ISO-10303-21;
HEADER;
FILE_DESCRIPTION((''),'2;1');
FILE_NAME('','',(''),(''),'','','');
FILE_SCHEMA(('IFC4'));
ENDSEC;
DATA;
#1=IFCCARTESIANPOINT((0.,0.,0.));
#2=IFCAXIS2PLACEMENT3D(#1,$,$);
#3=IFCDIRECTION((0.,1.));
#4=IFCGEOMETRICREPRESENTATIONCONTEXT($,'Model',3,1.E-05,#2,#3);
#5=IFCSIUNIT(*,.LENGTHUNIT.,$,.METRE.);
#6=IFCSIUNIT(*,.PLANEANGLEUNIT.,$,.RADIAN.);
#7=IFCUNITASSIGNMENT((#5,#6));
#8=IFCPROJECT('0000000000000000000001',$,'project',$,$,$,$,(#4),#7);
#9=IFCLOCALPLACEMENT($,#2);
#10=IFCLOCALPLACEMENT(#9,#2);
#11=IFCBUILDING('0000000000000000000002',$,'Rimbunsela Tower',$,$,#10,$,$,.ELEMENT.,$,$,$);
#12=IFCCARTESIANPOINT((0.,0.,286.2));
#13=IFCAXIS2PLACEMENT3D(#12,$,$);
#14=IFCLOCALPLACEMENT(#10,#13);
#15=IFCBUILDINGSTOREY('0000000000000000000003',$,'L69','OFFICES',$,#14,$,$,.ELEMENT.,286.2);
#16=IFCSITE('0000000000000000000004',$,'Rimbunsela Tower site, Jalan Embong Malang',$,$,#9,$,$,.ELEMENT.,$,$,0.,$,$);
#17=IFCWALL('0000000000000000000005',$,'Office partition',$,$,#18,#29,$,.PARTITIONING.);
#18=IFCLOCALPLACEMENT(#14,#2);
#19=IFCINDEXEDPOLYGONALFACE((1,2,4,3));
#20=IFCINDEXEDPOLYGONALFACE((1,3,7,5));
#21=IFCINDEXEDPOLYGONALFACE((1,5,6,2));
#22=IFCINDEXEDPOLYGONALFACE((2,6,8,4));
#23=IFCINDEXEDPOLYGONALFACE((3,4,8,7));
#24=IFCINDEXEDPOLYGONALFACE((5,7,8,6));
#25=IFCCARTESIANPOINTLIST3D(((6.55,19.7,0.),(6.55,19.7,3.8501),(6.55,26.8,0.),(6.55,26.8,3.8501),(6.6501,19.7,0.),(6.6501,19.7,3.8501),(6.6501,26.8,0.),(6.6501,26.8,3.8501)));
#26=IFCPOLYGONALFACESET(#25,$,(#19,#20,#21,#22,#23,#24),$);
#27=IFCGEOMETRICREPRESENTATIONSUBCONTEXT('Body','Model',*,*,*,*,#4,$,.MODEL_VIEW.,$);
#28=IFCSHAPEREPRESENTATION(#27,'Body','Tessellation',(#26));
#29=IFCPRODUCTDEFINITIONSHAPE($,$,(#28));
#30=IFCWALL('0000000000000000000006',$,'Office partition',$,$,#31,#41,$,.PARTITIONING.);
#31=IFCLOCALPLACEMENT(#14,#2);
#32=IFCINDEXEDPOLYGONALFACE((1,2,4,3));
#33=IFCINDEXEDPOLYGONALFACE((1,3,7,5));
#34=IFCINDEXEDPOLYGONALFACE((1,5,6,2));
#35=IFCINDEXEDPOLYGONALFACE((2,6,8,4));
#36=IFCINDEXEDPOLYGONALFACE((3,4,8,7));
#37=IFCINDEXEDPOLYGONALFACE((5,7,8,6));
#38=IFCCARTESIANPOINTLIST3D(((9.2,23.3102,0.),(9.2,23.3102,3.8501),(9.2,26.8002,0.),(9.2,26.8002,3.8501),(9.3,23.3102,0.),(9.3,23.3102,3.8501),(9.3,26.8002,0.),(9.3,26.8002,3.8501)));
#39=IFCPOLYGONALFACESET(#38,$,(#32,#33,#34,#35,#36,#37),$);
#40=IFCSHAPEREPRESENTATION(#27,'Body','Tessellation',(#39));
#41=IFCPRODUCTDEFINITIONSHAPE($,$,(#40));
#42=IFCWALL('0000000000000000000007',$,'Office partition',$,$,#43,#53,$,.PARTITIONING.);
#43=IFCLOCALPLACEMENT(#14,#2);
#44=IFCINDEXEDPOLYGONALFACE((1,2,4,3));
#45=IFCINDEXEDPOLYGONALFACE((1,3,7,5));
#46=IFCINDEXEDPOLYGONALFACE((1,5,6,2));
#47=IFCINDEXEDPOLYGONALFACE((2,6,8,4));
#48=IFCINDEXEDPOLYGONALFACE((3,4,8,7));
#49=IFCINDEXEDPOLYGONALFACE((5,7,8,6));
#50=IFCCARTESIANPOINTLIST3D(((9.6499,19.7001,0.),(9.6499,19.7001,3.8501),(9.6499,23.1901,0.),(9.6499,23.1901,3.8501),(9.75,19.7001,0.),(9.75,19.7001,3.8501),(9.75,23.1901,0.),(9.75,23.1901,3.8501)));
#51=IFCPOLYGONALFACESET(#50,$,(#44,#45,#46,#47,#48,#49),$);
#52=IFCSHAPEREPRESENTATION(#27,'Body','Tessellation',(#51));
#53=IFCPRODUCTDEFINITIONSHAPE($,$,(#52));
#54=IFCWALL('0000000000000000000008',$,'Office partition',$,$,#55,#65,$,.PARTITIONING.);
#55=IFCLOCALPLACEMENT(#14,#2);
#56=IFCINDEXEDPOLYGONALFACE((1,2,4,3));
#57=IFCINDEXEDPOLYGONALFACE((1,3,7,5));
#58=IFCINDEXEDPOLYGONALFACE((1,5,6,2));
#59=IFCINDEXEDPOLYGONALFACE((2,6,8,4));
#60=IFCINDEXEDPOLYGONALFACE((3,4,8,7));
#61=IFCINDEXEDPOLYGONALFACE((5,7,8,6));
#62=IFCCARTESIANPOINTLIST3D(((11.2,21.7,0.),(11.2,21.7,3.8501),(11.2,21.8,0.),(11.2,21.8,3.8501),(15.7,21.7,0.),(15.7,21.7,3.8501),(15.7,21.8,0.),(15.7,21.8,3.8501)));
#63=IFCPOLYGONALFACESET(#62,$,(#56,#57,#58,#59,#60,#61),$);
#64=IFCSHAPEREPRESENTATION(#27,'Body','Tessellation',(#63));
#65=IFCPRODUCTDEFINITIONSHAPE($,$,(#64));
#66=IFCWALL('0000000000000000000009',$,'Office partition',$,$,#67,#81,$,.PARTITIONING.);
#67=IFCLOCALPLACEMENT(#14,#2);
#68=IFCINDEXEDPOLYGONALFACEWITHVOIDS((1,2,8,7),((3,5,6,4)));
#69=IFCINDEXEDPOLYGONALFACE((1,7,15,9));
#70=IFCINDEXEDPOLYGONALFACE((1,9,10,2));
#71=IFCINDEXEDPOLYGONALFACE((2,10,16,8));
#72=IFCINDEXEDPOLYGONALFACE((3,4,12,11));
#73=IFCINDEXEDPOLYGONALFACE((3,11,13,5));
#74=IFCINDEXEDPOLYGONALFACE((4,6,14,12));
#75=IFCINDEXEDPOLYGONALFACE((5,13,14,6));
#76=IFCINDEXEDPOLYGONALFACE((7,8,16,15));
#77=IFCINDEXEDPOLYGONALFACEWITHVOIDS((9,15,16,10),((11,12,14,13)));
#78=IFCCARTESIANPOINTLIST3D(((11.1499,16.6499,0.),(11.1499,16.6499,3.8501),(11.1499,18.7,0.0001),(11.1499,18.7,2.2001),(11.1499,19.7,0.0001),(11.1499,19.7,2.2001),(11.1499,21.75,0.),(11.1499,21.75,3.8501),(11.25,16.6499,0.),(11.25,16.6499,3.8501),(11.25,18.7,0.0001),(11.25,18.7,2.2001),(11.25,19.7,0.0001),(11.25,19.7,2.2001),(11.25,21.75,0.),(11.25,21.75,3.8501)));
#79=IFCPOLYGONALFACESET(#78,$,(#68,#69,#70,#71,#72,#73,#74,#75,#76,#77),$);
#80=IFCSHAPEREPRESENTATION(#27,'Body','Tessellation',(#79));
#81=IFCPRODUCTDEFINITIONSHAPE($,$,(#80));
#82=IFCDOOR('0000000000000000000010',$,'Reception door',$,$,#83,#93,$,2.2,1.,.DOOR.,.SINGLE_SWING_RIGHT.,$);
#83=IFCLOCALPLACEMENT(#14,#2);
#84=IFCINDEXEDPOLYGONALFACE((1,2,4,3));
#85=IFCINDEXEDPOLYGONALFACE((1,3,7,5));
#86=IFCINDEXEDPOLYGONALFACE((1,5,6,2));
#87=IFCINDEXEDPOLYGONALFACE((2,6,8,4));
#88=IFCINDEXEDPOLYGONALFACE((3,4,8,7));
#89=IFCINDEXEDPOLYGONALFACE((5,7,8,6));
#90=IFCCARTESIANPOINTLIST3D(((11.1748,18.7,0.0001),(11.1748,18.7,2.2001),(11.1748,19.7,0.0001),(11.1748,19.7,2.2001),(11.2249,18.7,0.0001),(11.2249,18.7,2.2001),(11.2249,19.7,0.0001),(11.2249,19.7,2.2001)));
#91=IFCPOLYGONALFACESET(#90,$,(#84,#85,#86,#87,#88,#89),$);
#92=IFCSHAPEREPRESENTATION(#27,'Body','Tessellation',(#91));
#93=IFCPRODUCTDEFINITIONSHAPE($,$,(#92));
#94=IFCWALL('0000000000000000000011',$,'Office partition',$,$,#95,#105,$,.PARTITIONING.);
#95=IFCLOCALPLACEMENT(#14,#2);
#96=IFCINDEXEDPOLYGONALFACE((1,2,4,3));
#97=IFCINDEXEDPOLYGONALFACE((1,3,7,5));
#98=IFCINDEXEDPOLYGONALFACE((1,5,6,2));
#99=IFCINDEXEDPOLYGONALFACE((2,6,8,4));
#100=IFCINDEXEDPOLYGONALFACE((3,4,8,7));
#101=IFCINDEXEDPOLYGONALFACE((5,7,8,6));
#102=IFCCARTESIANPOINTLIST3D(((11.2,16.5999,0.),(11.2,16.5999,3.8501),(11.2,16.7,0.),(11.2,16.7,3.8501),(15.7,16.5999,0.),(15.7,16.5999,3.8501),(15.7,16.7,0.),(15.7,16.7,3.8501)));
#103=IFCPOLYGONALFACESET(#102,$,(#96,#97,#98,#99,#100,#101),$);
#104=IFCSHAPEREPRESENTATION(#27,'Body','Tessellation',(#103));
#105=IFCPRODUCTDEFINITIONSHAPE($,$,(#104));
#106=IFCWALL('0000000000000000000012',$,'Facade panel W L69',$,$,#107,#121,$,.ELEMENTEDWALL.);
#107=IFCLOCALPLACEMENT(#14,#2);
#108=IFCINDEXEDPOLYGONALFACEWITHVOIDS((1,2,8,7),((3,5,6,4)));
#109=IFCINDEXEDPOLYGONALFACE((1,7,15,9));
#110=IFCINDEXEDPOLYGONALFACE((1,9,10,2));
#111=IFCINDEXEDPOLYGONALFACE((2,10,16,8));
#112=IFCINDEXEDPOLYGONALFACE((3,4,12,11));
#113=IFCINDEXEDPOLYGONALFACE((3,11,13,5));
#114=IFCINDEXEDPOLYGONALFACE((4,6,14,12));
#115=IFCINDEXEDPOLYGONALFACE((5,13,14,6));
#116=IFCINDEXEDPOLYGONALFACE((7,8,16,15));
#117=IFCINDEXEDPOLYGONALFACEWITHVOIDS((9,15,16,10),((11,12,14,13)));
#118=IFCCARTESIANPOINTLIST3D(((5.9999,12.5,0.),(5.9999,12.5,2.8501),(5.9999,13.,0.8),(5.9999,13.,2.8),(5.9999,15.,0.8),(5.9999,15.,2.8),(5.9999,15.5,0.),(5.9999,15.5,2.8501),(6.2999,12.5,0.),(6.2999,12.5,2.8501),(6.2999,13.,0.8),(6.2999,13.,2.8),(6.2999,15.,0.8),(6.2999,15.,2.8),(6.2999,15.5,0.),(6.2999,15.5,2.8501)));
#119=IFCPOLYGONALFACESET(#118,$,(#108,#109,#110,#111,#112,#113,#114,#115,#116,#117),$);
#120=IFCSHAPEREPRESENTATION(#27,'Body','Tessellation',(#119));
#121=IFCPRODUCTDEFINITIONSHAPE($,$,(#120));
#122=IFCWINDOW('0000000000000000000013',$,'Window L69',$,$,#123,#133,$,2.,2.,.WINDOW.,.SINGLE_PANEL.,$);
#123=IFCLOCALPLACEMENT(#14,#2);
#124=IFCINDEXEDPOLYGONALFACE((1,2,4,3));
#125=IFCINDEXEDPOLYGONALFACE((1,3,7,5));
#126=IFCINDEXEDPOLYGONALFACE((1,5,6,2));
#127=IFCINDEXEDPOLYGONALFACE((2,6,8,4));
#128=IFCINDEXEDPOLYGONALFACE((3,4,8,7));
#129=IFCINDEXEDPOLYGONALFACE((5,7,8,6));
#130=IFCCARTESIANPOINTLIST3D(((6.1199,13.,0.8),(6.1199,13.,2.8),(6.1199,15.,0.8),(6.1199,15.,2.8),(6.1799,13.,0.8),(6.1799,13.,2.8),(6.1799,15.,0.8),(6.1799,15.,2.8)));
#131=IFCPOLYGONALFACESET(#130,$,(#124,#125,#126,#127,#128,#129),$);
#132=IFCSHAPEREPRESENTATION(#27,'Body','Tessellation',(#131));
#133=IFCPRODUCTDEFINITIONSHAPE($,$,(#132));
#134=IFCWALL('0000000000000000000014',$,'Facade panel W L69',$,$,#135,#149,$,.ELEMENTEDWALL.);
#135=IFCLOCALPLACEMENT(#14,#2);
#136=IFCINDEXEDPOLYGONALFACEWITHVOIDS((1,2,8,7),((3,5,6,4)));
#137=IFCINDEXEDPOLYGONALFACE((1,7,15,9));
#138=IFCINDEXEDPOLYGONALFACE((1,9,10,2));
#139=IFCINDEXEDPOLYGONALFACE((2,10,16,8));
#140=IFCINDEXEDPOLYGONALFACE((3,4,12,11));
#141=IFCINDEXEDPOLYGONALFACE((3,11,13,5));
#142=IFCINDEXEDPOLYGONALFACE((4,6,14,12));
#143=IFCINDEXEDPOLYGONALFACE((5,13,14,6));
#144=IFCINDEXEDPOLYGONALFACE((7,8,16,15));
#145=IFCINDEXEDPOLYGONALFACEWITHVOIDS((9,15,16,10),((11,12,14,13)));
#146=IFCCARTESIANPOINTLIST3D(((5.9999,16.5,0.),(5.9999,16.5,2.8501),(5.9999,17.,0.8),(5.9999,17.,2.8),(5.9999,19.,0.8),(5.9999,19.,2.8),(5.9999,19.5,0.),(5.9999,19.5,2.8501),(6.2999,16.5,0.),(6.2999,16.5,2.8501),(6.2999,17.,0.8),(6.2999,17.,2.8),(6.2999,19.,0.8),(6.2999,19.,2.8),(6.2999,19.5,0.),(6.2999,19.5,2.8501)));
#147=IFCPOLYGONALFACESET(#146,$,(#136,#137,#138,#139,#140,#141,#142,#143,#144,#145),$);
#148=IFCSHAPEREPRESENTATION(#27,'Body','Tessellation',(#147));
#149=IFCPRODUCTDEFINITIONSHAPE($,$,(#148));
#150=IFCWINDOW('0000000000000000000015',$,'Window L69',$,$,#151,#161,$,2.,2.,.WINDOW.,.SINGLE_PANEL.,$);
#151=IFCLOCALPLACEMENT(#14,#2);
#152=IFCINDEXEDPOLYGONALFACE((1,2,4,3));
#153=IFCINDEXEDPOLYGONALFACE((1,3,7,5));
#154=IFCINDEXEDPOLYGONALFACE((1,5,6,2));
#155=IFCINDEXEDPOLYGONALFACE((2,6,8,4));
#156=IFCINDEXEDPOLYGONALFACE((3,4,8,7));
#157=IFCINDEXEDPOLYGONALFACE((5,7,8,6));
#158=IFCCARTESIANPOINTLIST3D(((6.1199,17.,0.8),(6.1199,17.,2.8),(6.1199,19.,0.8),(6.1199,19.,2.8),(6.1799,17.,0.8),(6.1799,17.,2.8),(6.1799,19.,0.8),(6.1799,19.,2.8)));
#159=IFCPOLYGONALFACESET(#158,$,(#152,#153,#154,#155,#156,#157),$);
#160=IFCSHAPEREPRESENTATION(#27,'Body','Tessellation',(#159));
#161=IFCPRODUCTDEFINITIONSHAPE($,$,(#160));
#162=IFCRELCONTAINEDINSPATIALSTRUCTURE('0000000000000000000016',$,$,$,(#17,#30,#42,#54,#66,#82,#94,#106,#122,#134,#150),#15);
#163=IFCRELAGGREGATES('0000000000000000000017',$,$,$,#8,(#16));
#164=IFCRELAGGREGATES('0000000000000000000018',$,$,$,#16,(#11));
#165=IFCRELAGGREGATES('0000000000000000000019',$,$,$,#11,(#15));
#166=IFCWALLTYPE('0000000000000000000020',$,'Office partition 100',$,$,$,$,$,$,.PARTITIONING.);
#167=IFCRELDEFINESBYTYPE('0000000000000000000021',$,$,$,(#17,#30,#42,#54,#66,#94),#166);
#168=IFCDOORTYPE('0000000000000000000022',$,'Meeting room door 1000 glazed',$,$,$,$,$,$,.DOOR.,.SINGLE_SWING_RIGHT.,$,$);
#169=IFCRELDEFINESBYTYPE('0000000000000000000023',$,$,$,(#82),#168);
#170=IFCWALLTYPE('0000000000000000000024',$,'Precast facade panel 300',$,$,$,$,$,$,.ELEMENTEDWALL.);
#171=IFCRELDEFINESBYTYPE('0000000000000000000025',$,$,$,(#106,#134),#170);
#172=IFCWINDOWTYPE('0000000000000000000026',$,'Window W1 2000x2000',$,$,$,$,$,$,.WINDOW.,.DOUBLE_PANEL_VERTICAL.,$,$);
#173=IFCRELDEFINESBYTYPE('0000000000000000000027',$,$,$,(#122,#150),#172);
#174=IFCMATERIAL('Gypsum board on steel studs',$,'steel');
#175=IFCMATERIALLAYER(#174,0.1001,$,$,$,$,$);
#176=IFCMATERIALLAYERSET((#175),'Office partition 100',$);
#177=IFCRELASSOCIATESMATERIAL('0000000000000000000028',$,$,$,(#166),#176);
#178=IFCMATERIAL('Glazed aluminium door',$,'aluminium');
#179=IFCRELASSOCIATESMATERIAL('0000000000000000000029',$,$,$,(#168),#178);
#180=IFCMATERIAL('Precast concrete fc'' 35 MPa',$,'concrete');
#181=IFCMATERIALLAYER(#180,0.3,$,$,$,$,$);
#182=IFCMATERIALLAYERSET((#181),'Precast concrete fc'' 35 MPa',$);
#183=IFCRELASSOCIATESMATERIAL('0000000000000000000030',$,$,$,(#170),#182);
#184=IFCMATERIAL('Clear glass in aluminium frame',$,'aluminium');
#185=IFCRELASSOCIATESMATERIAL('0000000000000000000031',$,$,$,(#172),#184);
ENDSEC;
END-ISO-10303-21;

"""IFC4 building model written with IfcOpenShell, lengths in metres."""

from ifc_helpers import new_model, si_unit, direction, frame, frame_2d, origin, place, context, subcontext, project, spatial, rectangle, extrude, material, layer, layer_set, type_object, element, fill, save


model = new_model("IFC4")

# Units and contexts
model_context = context("Model", 3, precision=1e-05, world=origin(), true_north=direction((0.0, 1.0)))
body_context = subcontext(model_context, "Body", "Model", "MODEL_VIEW")
ifc_project = project(units=[si_unit("LENGTHUNIT", "METRE"), si_unit("PLANEANGLEUNIT", "RADIAN")], contexts=[model_context])

# Site, building, storey
site_placement = place(None, origin())
site = spatial("IfcSite", under=ifc_project, at=site_placement, Name="Rimbunsela Tower site, Jalan Embong Malang", CompositionType="ELEMENT", RefElevation=0.0)
building_placement = place(site_placement, origin())
building = spatial("IfcBuilding", under=site, at=building_placement, Name="Rimbunsela Tower", CompositionType="ELEMENT")
storey_placement = place(building_placement, frame((0.0, 0.0, 286.2)))
storey = spatial("IfcBuildingStorey", under=building, at=storey_placement, Name="L69", Description="OFFICES", CompositionType="ELEMENT", Elevation=286.2)

# Shared definitions
ifc_material_1 = material(Name="Gypsum board on steel studs", Category="steel")
ifc_layer_1 = layer(ifc_material_1, 0.1001)
ifc_layer_set_1 = layer_set([ifc_layer_1], Name="Office partition 100")
wall_type_1 = type_object("IfcWallType", Name="Office partition 100", PredefinedType="PARTITIONING", material=ifc_layer_set_1)

# Walls
wall_1_placement = place(storey_placement, frame((6.6001, 19.7, 0.0), z_axis=(0.0, 0.0, 1.0), x_axis=(0.0, 1.0, 0.0)))
element("IfcWall", 1, at=wall_1_placement, inside=storey, type_object=wall_type_1, Name="Office partition", PredefinedType="PARTITIONING", context=body_context, shape_type="SweptSolid", body=[
    extrude(rectangle(XDim=7.1001, YDim=0.1001, at=frame_2d((3.55, 0.0))), origin(), (0.0, 0.0, 1.0), 3.8501),
])
for number, where, z_axis, x_axis, name in (
    (2, (9.25, 23.3101, 0.0), (0.0, 0.0, 1.0), (0.0, 1.0, 0.0), "Office partition"),
    (3, (9.7, 19.7, 0.0), (0.0, 0.0, 1.0), (0.0, 1.0, 0.0), "Office partition"),
):
    element("IfcWall", number, at=place(storey_placement, frame(where, z_axis=z_axis, x_axis=x_axis)), inside=storey, type_object=wall_type_1, Name=name, PredefinedType="PARTITIONING", context=body_context, shape_type="SweptSolid", body=[
        extrude(rectangle(XDim=3.49, YDim=0.1001, at=frame_2d((1.7451, 0.0))), origin(), (0.0, 0.0, 1.0), 3.8501),
    ])
wall_2_placement = place(storey_placement, frame((15.7, 21.75, 0.0), z_axis=(0.0, 0.0, 1.0), x_axis=(-1.0, 0.0, 0.0)))
element("IfcWall", 4, at=wall_2_placement, inside=storey, type_object=wall_type_1, Name="Office partition", PredefinedType="PARTITIONING", context=body_context, shape_type="SweptSolid", body=[
    extrude(rectangle(XDim=4.5, YDim=0.1001, at=frame_2d((2.25, 0.0))), origin(), (0.0, 0.0, 1.0), 3.8501),
])

# Wall, opening, door
wall_3_placement = place(storey_placement, frame((11.2, 21.75, 0.0), z_axis=(0.0, 0.0, 1.0), x_axis=(0.0, -1.0, 0.0)))
wall_3 = element("IfcWall", 5, at=wall_3_placement, inside=storey, type_object=wall_type_1, Name="Office partition", PredefinedType="PARTITIONING", context=body_context, shape_type="SweptSolid", body=[
    extrude(rectangle(XDim=5.1001, YDim=0.1001, at=frame_2d((2.55, 0.0))), origin(), (0.0, 0.0, 1.0), 3.8501),
])
opening_1_placement = place(wall_3_placement, frame((2.05, 0.0, 0.0)))
opening_1 = element("IfcOpeningElement", 6, at=opening_1_placement, cuts=wall_3, PredefinedType="OPENING", context=body_context, shape_type="SweptSolid", body=[
    extrude(rectangle(XDim=1.0, YDim=2.2, at=frame_2d((0.5, 1.1001))), frame((0.0, 0.0601, 0.0), z_axis=(0.0, -1.0, 0.0), x_axis=(1.0, 0.0, 0.0)), (0.0, 0.0, 1.0), 0.1201),
])
ifc_material_2 = material(Name="Glazed aluminium door", Category="aluminium")
door_type_1 = type_object("IfcDoorType", Name="Meeting room door 1000 glazed", OperationType="SINGLE_SWING_RIGHT", PredefinedType="DOOR", material=ifc_material_2)
door_1_placement = place(opening_1_placement, origin())
door_1 = element("IfcDoor", 7, at=door_1_placement, inside=storey, type_object=door_type_1, Name="Reception door", OperationType="SINGLE_SWING_RIGHT", OverallHeight=2.2, OverallWidth=1.0, PredefinedType="DOOR", context=body_context, shape_type="SweptSolid", body=[
    extrude(rectangle(XDim=1.0, YDim=2.2, at=frame_2d((0.5, 1.1001))), frame((0.0, 0.0249, 0.0), z_axis=(0.0, -1.0, 0.0), x_axis=(1.0, 0.0, 0.0)), (0.0, 0.0, 1.0), 0.05),
])
fill(opening_1, door_1)

# Wall
wall_4_placement = place(storey_placement, frame((11.2, 16.6499, 0.0), z_axis=(0.0, 0.0, 1.0), x_axis=(1.0, 0.0, 0.0)))
element("IfcWall", 8, at=wall_4_placement, inside=storey, type_object=wall_type_1, Name="Office partition", PredefinedType="PARTITIONING", context=body_context, shape_type="SweptSolid", body=[
    extrude(rectangle(XDim=4.5, YDim=0.1001, at=frame_2d((2.25, 0.0))), origin(), (0.0, 0.0, 1.0), 3.8501),
])

# Walls, openings, windows
ifc_material_3 = material(Name="Precast concrete fc' 35 MPa", Category="concrete")
ifc_layer_2 = layer(ifc_material_3, 0.3)
ifc_layer_set_2 = layer_set([ifc_layer_2], Name="Precast concrete fc' 35 MPa")
wall_type_2 = type_object("IfcWallType", Name="Precast facade panel 300", PredefinedType="ELEMENTEDWALL", material=ifc_layer_set_2)
wall_5_placement = place(storey_placement, frame((6.1499, 15.5, 0.0), z_axis=(0.0, 0.0, 1.0), x_axis=(0.0, -1.0, 0.0)))
wall_5 = element("IfcWall", 9, at=wall_5_placement, inside=storey, type_object=wall_type_2, Name="Facade panel W L69", PredefinedType="ELEMENTEDWALL", context=body_context, shape_type="SweptSolid", body=[
    extrude(rectangle(XDim=3.0, YDim=0.3, at=frame_2d((1.5, 0.0))), origin(), (0.0, 0.0, 1.0), 2.8501),
])
opening_2_placement = place(wall_5_placement, frame((0.5, 0.0, 0.8)))
opening_2 = element("IfcOpeningElement", 10, at=opening_2_placement, cuts=wall_5, PredefinedType="OPENING", context=body_context, shape_type="SweptSolid", body=[
    extrude(rectangle(XDim=2.0, YDim=2.0, at=frame_2d((1.0, 1.0))), frame((0.0, 0.1599, 0.0), z_axis=(0.0, -1.0, 0.0), x_axis=(1.0, 0.0, 0.0)), (0.0, 0.0, 1.0), 0.3201),
])
ifc_material_4 = material(Name="Clear glass in aluminium frame", Category="aluminium")
window_type = type_object("IfcWindowType", Name="Window W1 2000x2000", PartitioningType="DOUBLE_PANEL_VERTICAL", PredefinedType="WINDOW", material=ifc_material_4)
window_1_placement = place(opening_2_placement, origin())
window_1 = element("IfcWindow", 11, at=window_1_placement, inside=storey, type_object=window_type, Name="Window L69", OverallHeight=2.0, OverallWidth=2.0, PartitioningType="SINGLE_PANEL", PredefinedType="WINDOW", context=body_context, shape_type="SweptSolid", body=[
    extrude(rectangle(XDim=2.0, YDim=2.0, at=frame_2d((1.0, 1.0))), frame((0.0, 0.03, 0.0), z_axis=(0.0, -1.0, 0.0), x_axis=(1.0, 0.0, 0.0)), (0.0, 0.0, 1.0), 0.0601),
])
fill(opening_2, window_1)
wall_6_placement = place(storey_placement, frame((6.1499, 19.5, 0.0), z_axis=(0.0, 0.0, 1.0), x_axis=(0.0, -1.0, 0.0)))
wall_6 = element("IfcWall", 12, at=wall_6_placement, inside=storey, type_object=wall_type_2, Name="Facade panel W L69", PredefinedType="ELEMENTEDWALL", context=body_context, shape_type="SweptSolid", body=[
    extrude(rectangle(XDim=3.0, YDim=0.3, at=frame_2d((1.5, 0.0))), origin(), (0.0, 0.0, 1.0), 2.8501),
])
opening_3_placement = place(wall_6_placement, frame((0.5, 0.0, 0.8)))
opening_3 = element("IfcOpeningElement", 13, at=opening_3_placement, cuts=wall_6, PredefinedType="OPENING", context=body_context, shape_type="SweptSolid", body=[
    extrude(rectangle(XDim=2.0, YDim=2.0, at=frame_2d((1.0, 1.0))), frame((0.0, 0.1599, 0.0), z_axis=(0.0, -1.0, 0.0), x_axis=(1.0, 0.0, 0.0)), (0.0, 0.0, 1.0), 0.3201),
])
window_2_placement = place(opening_3_placement, origin())
window_2 = element("IfcWindow", 14, at=window_2_placement, inside=storey, type_object=window_type, Name="Window L69", OverallHeight=2.0, OverallWidth=2.0, PartitioningType="SINGLE_PANEL", PredefinedType="WINDOW", context=body_context, shape_type="SweptSolid", body=[
    extrude(rectangle(XDim=2.0, YDim=2.0, at=frame_2d((1.0, 1.0))), frame((0.0, 0.03, 0.0), z_axis=(0.0, -1.0, 0.0), x_axis=(1.0, 0.0, 0.0)), (0.0, 0.0, 1.0), 0.0601),
])
fill(opening_3, window_2)

save(model, "model.ifc")
